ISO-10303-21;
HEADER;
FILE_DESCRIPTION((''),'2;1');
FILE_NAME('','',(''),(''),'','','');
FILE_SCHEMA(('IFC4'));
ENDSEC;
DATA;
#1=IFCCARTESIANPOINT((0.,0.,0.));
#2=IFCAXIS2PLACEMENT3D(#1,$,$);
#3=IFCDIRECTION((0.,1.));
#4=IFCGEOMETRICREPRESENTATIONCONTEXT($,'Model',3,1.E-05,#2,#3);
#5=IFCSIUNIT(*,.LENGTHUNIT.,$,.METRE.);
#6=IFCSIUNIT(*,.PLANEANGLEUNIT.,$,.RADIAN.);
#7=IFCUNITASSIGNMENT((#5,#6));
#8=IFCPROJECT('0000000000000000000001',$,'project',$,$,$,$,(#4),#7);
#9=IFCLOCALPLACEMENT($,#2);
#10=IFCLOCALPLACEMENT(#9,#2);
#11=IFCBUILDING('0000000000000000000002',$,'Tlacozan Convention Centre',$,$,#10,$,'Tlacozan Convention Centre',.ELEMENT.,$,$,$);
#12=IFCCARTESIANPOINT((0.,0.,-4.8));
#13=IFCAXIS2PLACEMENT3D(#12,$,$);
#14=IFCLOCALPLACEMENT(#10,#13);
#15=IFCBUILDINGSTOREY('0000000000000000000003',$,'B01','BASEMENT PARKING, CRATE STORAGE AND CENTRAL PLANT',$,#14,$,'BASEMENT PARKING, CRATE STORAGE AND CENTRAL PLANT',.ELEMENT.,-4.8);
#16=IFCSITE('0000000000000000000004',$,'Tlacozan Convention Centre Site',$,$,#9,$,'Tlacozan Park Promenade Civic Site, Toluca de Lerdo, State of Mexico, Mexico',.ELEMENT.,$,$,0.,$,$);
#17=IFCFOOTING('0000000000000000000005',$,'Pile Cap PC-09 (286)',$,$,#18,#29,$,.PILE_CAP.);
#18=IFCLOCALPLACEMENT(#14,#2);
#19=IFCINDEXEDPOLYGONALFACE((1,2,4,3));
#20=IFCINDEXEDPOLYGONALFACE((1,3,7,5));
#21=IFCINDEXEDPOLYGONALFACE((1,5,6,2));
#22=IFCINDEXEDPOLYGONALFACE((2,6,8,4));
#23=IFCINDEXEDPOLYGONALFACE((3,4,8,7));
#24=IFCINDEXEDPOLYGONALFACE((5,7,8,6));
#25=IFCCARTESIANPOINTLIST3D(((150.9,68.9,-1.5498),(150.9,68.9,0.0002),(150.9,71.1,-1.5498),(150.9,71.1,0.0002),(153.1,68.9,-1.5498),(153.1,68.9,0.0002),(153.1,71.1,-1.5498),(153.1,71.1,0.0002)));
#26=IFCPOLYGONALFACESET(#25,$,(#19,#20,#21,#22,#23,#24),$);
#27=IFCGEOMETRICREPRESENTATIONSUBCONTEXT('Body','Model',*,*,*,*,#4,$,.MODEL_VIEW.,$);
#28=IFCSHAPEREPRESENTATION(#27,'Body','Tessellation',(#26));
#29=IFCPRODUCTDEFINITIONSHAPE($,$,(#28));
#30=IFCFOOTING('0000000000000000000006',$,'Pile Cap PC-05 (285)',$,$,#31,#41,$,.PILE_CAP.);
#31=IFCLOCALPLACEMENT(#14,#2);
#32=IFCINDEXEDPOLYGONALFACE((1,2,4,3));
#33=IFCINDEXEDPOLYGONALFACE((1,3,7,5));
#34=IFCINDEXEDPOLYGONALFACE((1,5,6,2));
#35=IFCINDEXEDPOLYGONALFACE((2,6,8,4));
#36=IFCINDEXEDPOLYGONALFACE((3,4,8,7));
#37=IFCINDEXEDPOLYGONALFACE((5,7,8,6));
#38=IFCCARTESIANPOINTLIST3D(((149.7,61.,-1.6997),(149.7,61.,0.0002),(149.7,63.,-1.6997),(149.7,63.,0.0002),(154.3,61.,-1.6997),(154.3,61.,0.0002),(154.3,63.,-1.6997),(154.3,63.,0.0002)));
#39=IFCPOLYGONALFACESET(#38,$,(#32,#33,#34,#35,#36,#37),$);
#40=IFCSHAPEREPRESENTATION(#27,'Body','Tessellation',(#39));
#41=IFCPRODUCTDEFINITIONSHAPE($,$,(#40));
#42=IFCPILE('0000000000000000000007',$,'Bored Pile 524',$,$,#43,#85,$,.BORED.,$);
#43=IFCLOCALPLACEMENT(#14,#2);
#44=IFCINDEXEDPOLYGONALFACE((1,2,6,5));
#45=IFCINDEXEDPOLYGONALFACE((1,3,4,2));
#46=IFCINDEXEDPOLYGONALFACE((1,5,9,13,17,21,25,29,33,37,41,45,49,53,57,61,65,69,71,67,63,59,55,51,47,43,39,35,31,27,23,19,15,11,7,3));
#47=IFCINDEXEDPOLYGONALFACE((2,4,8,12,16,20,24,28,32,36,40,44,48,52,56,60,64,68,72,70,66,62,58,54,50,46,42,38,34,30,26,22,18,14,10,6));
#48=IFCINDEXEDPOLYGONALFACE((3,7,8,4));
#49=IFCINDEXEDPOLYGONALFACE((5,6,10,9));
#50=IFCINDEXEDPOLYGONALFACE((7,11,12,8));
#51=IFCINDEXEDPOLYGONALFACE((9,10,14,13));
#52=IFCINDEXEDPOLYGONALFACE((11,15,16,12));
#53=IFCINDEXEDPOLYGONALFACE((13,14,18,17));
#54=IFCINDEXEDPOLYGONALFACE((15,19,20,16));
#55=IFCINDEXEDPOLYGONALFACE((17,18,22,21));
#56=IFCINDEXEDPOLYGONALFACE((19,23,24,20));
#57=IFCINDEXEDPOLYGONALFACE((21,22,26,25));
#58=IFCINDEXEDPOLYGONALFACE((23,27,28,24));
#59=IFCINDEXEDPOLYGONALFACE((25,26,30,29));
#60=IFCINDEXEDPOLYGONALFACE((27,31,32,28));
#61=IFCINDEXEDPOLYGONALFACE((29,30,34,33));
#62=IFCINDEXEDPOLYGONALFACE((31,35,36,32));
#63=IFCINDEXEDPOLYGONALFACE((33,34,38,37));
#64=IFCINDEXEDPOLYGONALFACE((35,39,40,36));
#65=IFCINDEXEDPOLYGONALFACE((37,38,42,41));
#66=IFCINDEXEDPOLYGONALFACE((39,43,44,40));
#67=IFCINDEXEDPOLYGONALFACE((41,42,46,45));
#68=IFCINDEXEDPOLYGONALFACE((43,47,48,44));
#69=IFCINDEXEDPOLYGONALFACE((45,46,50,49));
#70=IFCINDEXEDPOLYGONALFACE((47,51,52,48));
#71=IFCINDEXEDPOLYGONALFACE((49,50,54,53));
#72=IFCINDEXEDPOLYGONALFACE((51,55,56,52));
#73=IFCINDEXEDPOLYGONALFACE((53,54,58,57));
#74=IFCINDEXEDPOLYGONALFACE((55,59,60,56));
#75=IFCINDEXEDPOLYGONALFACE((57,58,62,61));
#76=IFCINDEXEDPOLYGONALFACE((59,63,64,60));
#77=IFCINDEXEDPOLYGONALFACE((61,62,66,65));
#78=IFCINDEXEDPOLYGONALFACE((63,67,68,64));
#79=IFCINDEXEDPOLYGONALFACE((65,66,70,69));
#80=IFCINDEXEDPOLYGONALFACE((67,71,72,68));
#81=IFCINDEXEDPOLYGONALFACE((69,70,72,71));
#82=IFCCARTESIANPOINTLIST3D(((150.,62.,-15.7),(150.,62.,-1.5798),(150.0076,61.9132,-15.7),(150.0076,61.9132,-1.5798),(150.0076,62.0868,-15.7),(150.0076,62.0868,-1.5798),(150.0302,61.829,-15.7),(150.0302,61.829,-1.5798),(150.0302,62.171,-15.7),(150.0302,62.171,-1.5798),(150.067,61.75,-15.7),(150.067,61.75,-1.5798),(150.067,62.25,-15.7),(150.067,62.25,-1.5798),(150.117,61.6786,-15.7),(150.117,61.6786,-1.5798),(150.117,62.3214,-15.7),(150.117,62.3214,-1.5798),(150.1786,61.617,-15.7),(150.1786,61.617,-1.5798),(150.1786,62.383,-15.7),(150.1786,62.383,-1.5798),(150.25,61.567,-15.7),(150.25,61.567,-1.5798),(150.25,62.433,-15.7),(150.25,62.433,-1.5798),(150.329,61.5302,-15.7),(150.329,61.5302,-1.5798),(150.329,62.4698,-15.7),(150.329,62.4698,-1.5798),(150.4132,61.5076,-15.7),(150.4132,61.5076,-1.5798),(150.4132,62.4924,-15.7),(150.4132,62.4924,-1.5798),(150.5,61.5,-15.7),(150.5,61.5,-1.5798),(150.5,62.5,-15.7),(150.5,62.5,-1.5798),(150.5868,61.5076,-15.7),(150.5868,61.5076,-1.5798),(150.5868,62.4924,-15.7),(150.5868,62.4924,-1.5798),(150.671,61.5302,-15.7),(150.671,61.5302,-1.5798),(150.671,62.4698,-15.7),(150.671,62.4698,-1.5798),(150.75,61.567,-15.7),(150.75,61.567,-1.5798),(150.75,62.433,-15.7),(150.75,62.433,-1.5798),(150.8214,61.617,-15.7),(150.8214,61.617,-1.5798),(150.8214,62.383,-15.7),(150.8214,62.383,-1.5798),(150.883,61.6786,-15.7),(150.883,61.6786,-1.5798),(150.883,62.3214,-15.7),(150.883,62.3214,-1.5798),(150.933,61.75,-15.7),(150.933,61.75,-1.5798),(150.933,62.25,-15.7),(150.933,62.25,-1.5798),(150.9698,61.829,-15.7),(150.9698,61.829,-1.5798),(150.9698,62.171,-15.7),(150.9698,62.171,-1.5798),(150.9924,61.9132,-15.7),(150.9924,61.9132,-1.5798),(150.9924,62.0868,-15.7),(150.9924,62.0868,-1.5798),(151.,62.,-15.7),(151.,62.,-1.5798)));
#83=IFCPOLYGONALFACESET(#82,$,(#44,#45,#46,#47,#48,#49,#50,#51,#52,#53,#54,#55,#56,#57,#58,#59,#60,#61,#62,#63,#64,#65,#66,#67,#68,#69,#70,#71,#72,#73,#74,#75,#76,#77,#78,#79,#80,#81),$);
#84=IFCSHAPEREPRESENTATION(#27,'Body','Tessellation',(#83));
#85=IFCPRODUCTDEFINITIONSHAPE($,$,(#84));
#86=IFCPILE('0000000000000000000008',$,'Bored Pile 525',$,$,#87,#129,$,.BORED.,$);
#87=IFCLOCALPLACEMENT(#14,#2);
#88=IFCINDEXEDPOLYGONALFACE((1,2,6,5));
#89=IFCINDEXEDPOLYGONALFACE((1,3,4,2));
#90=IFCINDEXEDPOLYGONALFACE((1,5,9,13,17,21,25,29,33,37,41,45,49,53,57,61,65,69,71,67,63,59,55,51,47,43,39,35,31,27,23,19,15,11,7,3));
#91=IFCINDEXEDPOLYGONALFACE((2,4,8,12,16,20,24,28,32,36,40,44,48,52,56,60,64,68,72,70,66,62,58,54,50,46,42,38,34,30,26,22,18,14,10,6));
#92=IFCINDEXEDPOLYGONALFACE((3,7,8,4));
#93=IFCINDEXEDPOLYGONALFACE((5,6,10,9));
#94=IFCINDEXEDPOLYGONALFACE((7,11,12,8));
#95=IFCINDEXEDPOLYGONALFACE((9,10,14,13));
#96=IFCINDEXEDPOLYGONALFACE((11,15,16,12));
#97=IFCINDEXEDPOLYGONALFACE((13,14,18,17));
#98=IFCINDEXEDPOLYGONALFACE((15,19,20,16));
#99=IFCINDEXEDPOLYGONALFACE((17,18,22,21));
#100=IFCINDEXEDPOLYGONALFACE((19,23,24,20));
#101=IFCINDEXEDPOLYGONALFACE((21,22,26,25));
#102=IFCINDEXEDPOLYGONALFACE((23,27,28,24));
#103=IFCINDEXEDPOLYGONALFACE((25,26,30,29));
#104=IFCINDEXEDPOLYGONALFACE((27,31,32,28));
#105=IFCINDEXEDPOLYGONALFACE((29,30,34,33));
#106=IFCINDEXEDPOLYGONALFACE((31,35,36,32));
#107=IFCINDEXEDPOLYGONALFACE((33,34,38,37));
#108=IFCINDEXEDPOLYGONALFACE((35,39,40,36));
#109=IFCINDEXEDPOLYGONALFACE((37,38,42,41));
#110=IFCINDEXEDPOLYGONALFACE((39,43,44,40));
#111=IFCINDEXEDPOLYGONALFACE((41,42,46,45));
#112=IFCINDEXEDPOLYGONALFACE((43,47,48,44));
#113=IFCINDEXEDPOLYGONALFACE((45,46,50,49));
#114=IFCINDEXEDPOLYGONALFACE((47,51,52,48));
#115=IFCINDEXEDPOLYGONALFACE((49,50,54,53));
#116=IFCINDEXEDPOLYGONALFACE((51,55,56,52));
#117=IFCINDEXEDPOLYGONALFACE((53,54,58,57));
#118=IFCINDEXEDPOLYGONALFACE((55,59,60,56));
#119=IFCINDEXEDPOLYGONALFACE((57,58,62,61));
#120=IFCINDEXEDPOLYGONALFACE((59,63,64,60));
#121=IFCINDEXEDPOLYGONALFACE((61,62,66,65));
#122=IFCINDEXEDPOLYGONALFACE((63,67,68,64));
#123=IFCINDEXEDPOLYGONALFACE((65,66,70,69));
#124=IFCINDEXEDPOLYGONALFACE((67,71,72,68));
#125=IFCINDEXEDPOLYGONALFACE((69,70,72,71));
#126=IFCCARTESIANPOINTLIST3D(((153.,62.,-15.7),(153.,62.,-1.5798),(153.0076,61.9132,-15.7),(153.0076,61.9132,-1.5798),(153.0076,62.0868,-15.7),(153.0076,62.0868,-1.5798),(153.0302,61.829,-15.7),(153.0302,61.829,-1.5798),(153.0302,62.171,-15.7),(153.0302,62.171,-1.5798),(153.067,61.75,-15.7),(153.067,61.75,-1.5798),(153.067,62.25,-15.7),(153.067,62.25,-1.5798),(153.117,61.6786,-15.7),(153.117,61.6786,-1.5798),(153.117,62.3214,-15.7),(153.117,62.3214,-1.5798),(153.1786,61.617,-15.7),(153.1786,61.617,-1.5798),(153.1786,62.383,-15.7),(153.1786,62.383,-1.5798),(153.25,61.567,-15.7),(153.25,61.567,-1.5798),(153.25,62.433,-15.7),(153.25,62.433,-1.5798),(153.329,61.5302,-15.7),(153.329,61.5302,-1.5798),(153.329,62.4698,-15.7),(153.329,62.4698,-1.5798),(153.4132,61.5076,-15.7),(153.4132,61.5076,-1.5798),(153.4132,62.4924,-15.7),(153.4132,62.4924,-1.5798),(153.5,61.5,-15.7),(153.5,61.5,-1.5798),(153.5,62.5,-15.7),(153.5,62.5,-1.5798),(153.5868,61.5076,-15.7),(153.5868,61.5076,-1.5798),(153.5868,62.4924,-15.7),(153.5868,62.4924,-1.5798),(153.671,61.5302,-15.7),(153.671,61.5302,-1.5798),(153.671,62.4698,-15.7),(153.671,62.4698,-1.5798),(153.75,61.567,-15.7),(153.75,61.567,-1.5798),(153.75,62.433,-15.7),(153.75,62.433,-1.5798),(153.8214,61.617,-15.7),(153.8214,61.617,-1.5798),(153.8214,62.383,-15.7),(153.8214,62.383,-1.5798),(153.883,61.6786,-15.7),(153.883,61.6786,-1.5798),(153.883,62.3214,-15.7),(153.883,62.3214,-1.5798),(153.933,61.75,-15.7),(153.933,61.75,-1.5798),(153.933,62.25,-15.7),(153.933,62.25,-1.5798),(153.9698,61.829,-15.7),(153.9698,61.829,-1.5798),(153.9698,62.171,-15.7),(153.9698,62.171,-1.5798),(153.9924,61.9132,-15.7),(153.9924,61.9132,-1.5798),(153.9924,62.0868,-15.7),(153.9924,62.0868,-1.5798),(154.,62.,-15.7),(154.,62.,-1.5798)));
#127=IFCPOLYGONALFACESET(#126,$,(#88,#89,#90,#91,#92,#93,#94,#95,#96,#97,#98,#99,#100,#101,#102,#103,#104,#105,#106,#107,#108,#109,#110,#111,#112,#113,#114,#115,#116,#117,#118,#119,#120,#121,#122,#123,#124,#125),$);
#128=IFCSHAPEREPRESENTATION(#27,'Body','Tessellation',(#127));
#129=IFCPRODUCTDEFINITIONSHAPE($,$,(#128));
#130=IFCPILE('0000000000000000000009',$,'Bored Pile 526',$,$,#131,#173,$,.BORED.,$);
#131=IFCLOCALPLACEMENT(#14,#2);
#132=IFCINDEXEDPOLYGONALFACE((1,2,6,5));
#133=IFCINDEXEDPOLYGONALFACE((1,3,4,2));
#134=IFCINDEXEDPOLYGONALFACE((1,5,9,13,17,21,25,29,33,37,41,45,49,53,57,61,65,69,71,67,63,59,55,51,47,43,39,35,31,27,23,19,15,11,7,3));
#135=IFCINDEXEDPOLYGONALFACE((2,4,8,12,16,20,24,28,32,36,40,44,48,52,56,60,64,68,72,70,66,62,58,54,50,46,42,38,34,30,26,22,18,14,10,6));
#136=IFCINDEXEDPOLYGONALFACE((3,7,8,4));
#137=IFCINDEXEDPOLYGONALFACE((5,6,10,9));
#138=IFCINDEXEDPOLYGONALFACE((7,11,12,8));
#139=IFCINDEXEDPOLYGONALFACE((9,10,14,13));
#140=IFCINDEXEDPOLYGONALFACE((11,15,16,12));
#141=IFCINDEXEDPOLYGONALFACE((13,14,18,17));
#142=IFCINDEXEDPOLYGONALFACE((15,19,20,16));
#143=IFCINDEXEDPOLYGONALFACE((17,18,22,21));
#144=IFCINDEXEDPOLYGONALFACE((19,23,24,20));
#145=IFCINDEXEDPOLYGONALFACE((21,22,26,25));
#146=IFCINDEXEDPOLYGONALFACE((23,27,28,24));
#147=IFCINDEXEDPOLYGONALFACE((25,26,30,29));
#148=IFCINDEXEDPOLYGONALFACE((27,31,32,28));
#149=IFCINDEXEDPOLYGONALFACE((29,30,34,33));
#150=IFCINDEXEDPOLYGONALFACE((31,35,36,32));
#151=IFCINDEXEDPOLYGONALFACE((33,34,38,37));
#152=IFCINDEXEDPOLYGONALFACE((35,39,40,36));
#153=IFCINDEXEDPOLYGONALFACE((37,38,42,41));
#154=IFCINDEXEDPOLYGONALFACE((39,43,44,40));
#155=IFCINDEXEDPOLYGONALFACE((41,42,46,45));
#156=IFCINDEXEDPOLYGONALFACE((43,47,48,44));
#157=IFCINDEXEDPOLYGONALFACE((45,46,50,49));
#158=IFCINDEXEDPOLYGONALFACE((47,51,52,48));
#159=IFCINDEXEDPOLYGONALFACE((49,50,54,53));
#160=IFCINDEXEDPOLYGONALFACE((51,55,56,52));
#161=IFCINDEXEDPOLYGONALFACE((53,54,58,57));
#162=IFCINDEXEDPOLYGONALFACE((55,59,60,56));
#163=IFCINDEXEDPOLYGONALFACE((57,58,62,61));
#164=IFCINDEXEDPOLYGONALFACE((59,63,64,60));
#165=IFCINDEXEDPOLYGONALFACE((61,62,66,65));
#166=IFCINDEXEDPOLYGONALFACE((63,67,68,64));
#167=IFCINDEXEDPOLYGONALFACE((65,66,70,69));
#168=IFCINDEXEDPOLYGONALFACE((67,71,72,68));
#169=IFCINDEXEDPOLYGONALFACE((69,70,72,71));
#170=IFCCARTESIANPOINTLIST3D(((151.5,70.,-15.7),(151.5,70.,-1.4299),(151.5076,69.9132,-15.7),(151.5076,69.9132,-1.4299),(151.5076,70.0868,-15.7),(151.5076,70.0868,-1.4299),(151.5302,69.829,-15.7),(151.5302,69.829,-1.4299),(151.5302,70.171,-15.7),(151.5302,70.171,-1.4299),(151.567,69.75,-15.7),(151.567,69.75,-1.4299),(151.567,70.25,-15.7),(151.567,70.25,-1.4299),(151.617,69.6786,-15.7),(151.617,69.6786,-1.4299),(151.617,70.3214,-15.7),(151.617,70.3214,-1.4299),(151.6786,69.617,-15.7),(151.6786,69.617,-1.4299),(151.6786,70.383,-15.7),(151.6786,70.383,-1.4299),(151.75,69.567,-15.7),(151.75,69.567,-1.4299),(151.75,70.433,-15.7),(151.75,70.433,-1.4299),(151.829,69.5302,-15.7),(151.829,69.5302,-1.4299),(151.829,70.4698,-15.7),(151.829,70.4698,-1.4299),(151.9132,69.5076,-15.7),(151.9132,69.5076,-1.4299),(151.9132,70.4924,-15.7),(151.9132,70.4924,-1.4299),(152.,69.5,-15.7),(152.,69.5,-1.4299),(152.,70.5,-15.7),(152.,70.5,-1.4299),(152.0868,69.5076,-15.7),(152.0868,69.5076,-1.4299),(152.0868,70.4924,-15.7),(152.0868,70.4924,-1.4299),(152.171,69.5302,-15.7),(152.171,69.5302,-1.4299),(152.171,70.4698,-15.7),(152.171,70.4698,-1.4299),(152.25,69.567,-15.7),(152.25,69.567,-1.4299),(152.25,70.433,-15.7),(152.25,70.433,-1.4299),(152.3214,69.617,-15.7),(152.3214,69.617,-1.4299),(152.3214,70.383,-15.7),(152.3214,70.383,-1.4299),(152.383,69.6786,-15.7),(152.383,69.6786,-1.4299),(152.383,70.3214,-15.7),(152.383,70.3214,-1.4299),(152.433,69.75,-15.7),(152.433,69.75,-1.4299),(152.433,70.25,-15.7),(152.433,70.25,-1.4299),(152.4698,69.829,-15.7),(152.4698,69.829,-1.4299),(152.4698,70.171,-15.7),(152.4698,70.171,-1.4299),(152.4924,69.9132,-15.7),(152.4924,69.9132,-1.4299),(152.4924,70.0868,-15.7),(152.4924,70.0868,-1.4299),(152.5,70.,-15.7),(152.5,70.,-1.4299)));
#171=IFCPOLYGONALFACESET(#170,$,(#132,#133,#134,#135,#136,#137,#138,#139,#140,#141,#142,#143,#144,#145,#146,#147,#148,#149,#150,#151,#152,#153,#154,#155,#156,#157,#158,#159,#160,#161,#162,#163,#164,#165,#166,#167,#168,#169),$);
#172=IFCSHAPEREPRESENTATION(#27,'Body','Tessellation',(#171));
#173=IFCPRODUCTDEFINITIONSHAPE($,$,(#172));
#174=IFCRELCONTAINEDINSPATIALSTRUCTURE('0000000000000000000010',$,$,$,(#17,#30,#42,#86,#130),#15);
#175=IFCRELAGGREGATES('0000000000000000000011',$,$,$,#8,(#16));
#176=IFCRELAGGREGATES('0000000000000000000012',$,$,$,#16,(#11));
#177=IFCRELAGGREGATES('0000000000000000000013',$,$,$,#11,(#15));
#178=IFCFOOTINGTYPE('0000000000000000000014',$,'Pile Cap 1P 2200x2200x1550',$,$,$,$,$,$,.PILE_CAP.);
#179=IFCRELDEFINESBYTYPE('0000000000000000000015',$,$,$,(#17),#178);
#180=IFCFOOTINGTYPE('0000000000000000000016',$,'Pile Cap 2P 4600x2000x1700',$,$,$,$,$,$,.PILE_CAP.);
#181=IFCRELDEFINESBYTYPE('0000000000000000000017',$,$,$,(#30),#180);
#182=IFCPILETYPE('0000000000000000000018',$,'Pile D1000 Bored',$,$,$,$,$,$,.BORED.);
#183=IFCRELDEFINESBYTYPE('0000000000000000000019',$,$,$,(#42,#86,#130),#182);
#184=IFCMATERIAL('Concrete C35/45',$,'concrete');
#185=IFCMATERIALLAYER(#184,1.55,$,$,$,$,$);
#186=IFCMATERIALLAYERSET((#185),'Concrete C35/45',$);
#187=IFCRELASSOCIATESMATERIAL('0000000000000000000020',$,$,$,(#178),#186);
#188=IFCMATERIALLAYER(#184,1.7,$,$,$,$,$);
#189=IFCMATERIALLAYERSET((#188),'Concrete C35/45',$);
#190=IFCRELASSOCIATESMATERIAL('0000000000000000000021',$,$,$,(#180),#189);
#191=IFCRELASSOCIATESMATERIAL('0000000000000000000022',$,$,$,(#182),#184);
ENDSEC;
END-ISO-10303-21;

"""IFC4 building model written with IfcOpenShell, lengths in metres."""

from ifc_helpers import new_model, si_unit, direction, frame, origin, origin_2d, place, context, subcontext, project, spatial, rectangle, circle, extrude, material, layer, layer_set, material_profile, profile_set, type_object, element, save


model = new_model("IFC4")

# Units and contexts
model_context = context("Model", 3, precision=1e-05, world=origin(), true_north=direction((0.0, 1.0)))
body_context = subcontext(model_context, "Body", "Model", "MODEL_VIEW")
ifc_project = project(units=[si_unit("LENGTHUNIT", "METRE"), si_unit("PLANEANGLEUNIT", "RADIAN")], contexts=[model_context])

# Site, building, storey
site_placement = place(None, origin())
site = spatial("IfcSite", under=ifc_project, at=site_placement, Name="Tlacozan Convention Centre Site", LongName="Tlacozan Park Promenade Civic Site, Toluca de Lerdo, State of Mexico, Mexico", CompositionType="ELEMENT", RefElevation=0.0)
building_placement = place(site_placement, origin())
building = spatial("IfcBuilding", under=site, at=building_placement, Name="Tlacozan Convention Centre", LongName="Tlacozan Convention Centre", CompositionType="ELEMENT")
storey_placement = place(building_placement, frame((0.0, 0.0, -4.8)))
storey = spatial("IfcBuildingStorey", under=building, at=storey_placement, Name="B01", Description="BASEMENT PARKING, CRATE STORAGE AND CENTRAL PLANT", LongName="BASEMENT PARKING, CRATE STORAGE AND CENTRAL PLANT", CompositionType="ELEMENT", Elevation=-4.8)

# Footings
ifc_material_1 = material(Name="Concrete C35/45", Category="concrete")
ifc_layer_1 = layer(ifc_material_1, 1.55)
ifc_layer_set_1 = layer_set([ifc_layer_1], Name="Concrete C35/45")
footing_type_1 = type_object("IfcFootingType", Name="Pile Cap 1P 2200x2200x1550", PredefinedType="PILE_CAP", material=ifc_layer_set_1)
footing_1_placement = place(storey_placement, frame((152.0, 70.0, -1.5498), z_axis=(0.0, 0.0, 1.0), x_axis=(1.0, 0.0, 0.0)))
element("IfcFooting", 1, at=footing_1_placement, inside=storey, type_object=footing_type_1, Name="Pile Cap PC-09 (286)", PredefinedType="PILE_CAP", context=body_context, shape_type="SweptSolid", body=[
    extrude(rectangle(XDim=2.2, YDim=2.2, at=origin_2d()), origin(), (0.0, 0.0, 1.0), 1.55),
])
ifc_layer_2 = layer(ifc_material_1, 1.7)
ifc_layer_set_2 = layer_set([ifc_layer_2], Name="Concrete C35/45")
footing_type_2 = type_object("IfcFootingType", Name="Pile Cap 2P 4600x2000x1700", PredefinedType="PILE_CAP", material=ifc_layer_set_2)
footing_2_placement = place(storey_placement, frame((152.0, 62.0, -1.6997), z_axis=(0.0, 0.0, 1.0), x_axis=(1.0, 0.0, 0.0)))
element("IfcFooting", 2, at=footing_2_placement, inside=storey, type_object=footing_type_2, Name="Pile Cap PC-05 (285)", PredefinedType="PILE_CAP", context=body_context, shape_type="SweptSolid", body=[
    extrude(rectangle(XDim=4.6001, YDim=2.0, at=origin_2d()), origin(), (0.0, 0.0, 1.0), 1.7),
])

# Piles
ifc_material_profile_1 = material_profile(ifc_material_1, circle(Radius=0.5, at=origin_2d()), Name="PILE D1000")
ifc_profile_set_1 = profile_set([ifc_material_profile_1], Name="Concrete C35/45")
pile_type_1 = type_object("IfcPileType", Name="Pile D1000 Bored", PredefinedType="BORED", material=ifc_profile_set_1)
for number, where, z_axis, x_axis, name in (
    (3, (150.5, 62.0, -1.5798), (0.0, 0.0, -1.0), (1.0, 0.0, 0.0), "Bored Pile 524"),
    (4, (153.5, 62.0, -1.5798), (0.0, 0.0, -1.0), (1.0, 0.0, 0.0), "Bored Pile 525"),
):
    element("IfcPile", number, at=place(storey_placement, frame(where, z_axis=z_axis, x_axis=x_axis)), inside=storey, type_object=pile_type_1, Name=name, PredefinedType="BORED", context=body_context, shape_type="SweptSolid", body=[
        extrude(circle(Radius=0.5, at=origin_2d()), origin(), (0.0, 0.0, 1.0), 14.1201),
    ])
pile_1_placement = place(storey_placement, frame((152.0, 70.0, -1.4299), z_axis=(0.0, 0.0, -1.0), x_axis=(1.0, 0.0, 0.0)))
element("IfcPile", 5, at=pile_1_placement, inside=storey, type_object=pile_type_1, Name="Bored Pile 526", PredefinedType="BORED", context=body_context, shape_type="SweptSolid", body=[
    extrude(circle(Radius=0.5, at=origin_2d()), origin(), (0.0, 0.0, 1.0), 14.27),
])

save(model, "model.ifc")
